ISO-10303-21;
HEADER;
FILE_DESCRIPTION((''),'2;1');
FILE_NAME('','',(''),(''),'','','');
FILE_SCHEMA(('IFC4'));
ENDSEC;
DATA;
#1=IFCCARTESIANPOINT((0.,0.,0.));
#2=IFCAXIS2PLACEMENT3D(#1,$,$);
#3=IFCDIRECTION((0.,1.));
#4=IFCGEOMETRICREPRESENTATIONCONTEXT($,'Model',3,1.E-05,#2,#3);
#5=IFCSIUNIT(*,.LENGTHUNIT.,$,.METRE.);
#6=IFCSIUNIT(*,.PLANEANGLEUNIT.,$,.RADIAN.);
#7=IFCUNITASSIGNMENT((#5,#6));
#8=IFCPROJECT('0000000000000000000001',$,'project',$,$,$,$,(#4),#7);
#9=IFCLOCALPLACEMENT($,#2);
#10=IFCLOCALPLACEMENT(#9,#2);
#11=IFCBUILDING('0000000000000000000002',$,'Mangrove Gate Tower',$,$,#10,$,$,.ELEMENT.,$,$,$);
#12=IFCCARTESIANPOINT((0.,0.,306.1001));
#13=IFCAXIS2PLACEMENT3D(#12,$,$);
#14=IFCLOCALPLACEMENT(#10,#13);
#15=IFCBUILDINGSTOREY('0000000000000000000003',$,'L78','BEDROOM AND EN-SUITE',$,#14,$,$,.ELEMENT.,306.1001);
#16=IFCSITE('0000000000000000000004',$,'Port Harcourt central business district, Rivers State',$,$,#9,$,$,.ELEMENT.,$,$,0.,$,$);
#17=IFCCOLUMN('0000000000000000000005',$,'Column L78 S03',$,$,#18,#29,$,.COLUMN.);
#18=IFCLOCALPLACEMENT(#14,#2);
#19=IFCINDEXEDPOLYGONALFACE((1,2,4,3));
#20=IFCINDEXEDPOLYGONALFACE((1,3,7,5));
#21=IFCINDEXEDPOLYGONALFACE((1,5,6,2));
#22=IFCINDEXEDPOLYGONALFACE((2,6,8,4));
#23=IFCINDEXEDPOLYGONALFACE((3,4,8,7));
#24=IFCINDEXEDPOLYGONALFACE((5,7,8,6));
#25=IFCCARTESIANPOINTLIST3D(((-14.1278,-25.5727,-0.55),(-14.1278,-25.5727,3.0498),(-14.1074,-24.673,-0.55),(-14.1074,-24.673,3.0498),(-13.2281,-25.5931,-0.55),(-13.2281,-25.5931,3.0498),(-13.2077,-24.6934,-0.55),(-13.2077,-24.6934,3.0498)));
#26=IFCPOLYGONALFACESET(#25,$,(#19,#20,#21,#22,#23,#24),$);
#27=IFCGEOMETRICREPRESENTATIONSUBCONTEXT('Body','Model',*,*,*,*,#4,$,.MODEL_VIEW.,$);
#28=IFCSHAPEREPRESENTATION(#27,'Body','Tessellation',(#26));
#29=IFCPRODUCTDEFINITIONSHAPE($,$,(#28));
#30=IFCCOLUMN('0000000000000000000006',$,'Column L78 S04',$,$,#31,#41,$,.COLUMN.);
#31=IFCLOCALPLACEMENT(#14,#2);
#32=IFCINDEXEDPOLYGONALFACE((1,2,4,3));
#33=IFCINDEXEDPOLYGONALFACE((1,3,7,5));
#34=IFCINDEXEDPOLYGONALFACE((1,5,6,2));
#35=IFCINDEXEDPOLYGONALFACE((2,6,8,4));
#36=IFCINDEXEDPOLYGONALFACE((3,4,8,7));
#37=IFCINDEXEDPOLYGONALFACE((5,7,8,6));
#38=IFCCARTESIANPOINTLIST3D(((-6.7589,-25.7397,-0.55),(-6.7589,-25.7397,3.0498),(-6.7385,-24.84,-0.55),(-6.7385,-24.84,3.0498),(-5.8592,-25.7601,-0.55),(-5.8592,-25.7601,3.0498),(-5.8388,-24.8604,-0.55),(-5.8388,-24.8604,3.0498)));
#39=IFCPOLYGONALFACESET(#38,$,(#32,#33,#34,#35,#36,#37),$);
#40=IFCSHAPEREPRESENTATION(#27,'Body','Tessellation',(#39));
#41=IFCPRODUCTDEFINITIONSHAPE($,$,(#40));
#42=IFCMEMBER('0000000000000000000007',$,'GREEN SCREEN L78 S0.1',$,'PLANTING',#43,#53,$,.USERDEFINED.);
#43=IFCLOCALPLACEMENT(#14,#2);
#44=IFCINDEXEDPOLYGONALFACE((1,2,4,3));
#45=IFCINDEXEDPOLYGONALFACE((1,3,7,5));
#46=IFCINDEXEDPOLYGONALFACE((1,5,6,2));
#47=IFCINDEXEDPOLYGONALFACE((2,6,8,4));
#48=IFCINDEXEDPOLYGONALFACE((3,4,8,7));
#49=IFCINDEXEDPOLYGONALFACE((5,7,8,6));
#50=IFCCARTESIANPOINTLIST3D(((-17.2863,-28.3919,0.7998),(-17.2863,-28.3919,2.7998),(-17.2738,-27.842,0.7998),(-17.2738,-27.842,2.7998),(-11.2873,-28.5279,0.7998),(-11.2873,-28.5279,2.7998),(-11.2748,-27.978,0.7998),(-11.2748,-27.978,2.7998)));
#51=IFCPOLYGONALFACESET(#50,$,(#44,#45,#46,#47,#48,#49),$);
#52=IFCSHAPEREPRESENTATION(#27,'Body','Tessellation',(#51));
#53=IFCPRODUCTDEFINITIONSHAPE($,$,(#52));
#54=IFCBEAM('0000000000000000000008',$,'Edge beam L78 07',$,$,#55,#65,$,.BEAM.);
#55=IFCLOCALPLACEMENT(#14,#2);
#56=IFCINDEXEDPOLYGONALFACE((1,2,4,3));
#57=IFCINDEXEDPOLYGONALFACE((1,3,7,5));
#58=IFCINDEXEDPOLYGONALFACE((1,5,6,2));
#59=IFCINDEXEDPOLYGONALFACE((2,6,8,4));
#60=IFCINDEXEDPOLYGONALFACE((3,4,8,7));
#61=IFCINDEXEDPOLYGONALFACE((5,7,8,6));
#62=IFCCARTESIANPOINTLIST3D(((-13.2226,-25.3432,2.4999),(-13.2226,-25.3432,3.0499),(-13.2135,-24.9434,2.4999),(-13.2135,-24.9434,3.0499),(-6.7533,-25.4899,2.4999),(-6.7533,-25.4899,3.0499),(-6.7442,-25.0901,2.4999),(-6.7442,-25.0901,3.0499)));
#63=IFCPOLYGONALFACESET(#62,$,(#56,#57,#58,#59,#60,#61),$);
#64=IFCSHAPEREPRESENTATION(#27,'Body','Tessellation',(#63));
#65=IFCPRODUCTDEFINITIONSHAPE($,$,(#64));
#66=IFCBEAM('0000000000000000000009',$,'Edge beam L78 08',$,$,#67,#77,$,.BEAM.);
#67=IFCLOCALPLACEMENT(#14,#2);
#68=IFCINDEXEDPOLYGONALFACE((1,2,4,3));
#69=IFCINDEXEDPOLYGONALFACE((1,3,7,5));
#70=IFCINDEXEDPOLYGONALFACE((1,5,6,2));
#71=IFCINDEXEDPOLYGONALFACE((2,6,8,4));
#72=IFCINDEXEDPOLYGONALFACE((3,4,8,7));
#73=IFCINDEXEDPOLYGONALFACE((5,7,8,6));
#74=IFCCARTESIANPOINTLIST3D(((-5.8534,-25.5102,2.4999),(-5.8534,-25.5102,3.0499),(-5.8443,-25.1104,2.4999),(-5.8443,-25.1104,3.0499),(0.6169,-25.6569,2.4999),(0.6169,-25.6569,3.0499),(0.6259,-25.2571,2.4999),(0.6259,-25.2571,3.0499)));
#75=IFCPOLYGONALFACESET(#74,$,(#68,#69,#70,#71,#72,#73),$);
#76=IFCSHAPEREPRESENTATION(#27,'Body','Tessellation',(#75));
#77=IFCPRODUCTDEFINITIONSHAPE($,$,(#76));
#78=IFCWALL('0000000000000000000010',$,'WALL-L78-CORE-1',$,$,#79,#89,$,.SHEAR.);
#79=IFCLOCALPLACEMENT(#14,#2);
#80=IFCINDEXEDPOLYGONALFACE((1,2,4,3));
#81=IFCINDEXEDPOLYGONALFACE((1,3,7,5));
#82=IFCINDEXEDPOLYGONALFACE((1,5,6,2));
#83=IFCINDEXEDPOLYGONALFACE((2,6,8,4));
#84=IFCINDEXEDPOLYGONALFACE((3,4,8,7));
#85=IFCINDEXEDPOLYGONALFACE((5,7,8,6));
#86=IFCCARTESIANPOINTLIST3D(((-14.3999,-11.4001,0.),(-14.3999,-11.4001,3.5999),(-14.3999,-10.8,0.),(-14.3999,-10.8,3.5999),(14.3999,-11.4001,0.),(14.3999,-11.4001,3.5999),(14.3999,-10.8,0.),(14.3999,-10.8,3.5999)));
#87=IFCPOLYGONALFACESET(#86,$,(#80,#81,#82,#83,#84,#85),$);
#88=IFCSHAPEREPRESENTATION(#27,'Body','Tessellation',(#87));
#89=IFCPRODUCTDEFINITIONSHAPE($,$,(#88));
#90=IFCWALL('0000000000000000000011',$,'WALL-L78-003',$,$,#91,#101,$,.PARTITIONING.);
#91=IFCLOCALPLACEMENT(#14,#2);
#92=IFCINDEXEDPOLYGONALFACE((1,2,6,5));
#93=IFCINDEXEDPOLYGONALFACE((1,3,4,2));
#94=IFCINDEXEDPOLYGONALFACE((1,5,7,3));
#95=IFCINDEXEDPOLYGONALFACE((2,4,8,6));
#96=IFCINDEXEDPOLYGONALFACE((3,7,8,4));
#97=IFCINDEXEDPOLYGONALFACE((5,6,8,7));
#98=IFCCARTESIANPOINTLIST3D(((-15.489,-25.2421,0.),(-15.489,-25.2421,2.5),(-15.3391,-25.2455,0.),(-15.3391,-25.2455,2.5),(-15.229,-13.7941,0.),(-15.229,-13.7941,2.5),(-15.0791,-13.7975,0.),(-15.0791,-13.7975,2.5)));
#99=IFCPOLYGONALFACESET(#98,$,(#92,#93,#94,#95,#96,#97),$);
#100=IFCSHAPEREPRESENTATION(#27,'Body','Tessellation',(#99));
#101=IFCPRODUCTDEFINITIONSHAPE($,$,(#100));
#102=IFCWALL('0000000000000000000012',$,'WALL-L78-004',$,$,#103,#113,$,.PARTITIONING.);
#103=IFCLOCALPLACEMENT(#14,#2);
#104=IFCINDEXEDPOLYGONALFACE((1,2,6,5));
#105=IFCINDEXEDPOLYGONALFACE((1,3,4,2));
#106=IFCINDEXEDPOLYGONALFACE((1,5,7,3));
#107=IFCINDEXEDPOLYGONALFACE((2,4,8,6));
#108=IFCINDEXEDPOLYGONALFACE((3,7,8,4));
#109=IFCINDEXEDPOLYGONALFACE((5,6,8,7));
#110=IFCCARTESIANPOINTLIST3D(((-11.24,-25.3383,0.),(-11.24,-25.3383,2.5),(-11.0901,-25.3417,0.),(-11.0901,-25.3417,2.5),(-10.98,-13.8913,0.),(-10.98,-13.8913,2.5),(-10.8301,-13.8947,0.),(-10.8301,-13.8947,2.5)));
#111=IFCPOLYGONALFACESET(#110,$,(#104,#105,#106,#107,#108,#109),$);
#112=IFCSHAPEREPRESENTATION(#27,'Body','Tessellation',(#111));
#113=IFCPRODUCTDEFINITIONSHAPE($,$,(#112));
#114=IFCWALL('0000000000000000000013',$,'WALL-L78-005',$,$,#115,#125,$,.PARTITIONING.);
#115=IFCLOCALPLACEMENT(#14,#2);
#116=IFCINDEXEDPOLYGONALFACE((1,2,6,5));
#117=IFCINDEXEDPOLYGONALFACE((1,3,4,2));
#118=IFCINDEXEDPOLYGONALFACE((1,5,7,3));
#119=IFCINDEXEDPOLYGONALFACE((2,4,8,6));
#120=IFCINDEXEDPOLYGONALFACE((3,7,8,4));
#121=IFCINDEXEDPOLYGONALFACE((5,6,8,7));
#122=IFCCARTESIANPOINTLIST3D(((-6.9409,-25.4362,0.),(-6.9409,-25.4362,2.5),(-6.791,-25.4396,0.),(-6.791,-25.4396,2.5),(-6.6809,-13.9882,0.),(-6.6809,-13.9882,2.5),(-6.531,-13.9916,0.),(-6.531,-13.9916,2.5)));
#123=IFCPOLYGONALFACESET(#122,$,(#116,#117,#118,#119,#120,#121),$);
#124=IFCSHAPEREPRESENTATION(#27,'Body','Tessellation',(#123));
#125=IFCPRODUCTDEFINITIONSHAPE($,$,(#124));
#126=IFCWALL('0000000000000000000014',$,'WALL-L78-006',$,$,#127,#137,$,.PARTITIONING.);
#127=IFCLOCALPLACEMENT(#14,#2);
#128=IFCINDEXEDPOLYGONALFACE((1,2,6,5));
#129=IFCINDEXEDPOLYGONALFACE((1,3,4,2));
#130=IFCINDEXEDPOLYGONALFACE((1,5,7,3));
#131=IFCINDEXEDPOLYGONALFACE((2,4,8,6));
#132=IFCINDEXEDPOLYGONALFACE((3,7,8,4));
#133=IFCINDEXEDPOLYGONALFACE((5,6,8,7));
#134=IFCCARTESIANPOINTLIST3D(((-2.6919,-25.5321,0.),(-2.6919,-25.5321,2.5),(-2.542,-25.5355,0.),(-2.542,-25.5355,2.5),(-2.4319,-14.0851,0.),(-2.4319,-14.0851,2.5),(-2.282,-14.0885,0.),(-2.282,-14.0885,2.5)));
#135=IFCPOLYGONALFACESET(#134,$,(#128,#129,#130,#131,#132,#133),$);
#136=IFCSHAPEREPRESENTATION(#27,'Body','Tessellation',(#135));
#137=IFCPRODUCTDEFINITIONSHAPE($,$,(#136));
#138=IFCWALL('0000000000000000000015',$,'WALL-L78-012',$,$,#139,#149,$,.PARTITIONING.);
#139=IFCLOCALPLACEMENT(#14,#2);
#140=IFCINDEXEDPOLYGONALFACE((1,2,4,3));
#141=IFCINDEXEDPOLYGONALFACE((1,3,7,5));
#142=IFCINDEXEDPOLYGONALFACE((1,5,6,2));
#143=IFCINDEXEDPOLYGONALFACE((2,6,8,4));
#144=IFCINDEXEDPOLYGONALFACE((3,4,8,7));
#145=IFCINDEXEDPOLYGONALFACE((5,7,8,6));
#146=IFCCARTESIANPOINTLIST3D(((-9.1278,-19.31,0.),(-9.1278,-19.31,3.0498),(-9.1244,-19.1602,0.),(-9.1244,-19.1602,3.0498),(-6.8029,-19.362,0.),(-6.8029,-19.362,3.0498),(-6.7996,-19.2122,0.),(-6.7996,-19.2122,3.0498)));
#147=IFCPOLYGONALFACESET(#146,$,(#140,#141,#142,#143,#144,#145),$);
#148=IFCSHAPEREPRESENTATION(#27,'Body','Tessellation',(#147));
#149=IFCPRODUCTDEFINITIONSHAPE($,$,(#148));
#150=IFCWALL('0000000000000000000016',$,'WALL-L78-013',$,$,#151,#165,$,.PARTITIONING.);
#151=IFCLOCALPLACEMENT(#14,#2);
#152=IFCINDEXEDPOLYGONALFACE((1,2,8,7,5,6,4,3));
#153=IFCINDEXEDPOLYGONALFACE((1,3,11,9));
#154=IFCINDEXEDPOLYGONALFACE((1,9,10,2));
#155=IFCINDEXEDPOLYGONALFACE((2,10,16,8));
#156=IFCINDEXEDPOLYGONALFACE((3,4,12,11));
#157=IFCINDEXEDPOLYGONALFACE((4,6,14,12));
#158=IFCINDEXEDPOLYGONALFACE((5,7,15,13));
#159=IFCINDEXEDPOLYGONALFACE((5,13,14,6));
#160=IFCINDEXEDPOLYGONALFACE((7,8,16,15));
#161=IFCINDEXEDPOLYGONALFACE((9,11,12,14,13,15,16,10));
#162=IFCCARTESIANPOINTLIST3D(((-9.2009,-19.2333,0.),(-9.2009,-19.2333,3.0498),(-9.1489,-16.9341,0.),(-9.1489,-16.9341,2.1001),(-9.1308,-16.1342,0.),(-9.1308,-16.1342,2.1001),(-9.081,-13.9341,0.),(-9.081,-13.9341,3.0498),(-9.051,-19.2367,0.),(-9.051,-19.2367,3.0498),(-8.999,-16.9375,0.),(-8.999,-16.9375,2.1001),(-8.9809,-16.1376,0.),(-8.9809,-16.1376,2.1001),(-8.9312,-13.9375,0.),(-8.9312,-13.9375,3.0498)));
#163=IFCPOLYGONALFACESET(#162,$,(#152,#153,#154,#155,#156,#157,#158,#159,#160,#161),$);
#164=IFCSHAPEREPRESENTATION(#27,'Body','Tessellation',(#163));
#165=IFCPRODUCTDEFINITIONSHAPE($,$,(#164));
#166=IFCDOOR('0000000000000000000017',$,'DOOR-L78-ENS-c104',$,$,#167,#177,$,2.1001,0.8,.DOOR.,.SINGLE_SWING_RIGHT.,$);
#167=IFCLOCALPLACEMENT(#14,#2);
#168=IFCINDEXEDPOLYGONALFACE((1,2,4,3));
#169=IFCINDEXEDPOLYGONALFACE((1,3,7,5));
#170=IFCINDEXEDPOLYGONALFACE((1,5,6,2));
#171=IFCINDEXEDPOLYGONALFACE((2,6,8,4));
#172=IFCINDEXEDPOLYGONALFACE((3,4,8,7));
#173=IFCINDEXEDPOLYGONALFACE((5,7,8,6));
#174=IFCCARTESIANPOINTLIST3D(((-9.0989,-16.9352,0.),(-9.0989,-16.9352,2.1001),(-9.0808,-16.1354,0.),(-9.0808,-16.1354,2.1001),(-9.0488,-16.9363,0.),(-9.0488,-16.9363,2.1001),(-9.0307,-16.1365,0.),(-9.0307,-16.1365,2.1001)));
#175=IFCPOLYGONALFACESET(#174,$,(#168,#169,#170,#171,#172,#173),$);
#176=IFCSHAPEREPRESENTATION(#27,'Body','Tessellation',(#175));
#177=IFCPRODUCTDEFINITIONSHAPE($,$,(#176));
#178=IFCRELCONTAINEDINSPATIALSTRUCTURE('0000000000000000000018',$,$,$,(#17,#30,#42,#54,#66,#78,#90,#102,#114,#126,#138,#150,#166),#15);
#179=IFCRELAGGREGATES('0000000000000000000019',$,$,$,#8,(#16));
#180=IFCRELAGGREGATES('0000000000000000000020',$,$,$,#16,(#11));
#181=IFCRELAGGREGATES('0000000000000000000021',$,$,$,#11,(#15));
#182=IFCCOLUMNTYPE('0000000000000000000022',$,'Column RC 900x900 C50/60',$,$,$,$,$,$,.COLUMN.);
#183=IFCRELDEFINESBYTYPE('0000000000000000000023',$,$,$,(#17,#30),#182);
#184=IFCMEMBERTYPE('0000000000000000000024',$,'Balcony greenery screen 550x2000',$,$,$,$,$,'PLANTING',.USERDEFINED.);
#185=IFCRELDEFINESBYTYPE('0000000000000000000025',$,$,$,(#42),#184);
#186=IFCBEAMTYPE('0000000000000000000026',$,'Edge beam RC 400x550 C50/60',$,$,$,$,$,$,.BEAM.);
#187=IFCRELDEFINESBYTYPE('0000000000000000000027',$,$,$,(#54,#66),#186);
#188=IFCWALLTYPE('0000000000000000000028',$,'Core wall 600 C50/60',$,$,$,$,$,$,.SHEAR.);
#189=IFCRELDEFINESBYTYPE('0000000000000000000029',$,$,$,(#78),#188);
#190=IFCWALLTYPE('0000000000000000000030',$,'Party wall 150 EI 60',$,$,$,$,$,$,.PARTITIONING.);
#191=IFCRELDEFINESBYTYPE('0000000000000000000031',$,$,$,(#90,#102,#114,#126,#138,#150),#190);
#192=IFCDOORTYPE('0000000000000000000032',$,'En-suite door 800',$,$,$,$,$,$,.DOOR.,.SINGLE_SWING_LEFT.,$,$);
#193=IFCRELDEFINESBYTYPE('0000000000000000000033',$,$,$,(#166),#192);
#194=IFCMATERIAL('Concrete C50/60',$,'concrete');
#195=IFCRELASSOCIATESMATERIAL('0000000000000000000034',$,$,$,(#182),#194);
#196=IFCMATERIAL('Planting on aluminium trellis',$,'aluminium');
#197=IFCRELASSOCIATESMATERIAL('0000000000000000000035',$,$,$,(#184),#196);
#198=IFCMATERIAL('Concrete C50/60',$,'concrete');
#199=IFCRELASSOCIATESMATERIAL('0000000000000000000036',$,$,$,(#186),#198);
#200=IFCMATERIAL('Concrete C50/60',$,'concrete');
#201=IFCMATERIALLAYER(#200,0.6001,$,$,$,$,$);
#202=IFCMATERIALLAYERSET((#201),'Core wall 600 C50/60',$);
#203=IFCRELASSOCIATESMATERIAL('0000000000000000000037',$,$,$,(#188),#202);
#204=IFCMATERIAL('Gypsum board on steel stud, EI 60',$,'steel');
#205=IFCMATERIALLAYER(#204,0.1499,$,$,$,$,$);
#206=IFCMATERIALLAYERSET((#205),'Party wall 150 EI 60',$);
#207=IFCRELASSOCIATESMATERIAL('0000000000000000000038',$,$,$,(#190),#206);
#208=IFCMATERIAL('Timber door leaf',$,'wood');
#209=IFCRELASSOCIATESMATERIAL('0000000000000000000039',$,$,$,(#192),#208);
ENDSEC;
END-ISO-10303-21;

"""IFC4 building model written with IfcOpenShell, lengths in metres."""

from ifc_helpers import new_model, si_unit, direction, frame, frame_2d, origin, origin_2d, place, context, subcontext, project, spatial, rectangle, extrude, material, layer, layer_set, material_profile, profile_set, type_object, element, fill, save


model = new_model("IFC4")

# Units and contexts
model_context = context("Model", 3, precision=1e-05, world=origin(), true_north=direction((0.0, 1.0)))
body_context = subcontext(model_context, "Body", "Model", "MODEL_VIEW")
ifc_project = project(units=[si_unit("LENGTHUNIT", "METRE"), si_unit("PLANEANGLEUNIT", "RADIAN")], contexts=[model_context])

# Site, building, storey
site_placement = place(None, origin())
site = spatial("IfcSite", under=ifc_project, at=site_placement, Name="Port Harcourt central business district, Rivers State", CompositionType="ELEMENT", RefElevation=0.0)
building_placement = place(site_placement, origin())
building = spatial("IfcBuilding", under=site, at=building_placement, Name="Mangrove Gate Tower", CompositionType="ELEMENT")
storey_placement = place(building_placement, frame((0.0, 0.0, 306.1001)))
storey = spatial("IfcBuildingStorey", under=building, at=storey_placement, Name="L78", Description="BEDROOM AND EN-SUITE", CompositionType="ELEMENT", Elevation=306.1001)

# Columns
ifc_material_1 = material(Name="Concrete C50/60", Category="concrete")
ifc_material_profile_1 = material_profile(ifc_material_1, rectangle(XDim=0.8999, YDim=0.8999, at=origin_2d()))
ifc_profile_set_1 = profile_set([ifc_material_profile_1], Name="Concrete C50/60")
column_type = type_object("IfcColumnType", Name="Column RC 900x900 C50/60", PredefinedType="COLUMN", material=ifc_profile_set_1)
for number, where, z_axis, x_axis, name in (
    (1, (-13.6677, -25.1331, -0.55), (0.0, 0.0, 1.0), (0.999743, -0.022655, 0.0), "Column L78 S03"),
    (2, (-6.2988, -25.3, -0.55), (0.0, 0.0, 1.0), (0.999743, -0.022655, 0.0), "Column L78 S04"),
):
    element("IfcColumn", number, at=place(storey_placement, frame(where, z_axis=z_axis, x_axis=x_axis)), inside=storey, type_object=column_type, Name=name, PredefinedType="COLUMN", context=body_context, shape_type="SweptSolid", body=[
        extrude(rectangle(XDim=0.8999, YDim=0.8999, at=origin_2d()), origin(), (0.0, 0.0, 1.0), 3.5999),
    ])

# Member
ifc_material_2 = material(Name="Planting on aluminium trellis", Category="aluminium")
ifc_material_profile_2 = material_profile(ifc_material_2, rectangle(XDim=0.55, YDim=2.0, at=origin_2d()))
ifc_profile_set_2 = profile_set([ifc_material_profile_2], Name="Planting on aluminium trellis")
member_type = type_object("IfcMemberType", Name="Balcony greenery screen 550x2000", ElementType="PLANTING", PredefinedType="USERDEFINED", material=ifc_profile_set_2)
member_placement = place(storey_placement, frame((-17.28, -28.1169, 1.7998), z_axis=(0.999743, -0.022662, 0.0), x_axis=(0.022662, 0.999743, 0.0)))
element("IfcMember", 3, at=member_placement, inside=storey, type_object=member_type, Name="GREEN SCREEN L78 S0.1", ObjectType="PLANTING", PredefinedType="USERDEFINED", context=body_context, shape_type="SweptSolid", body=[
    extrude(rectangle(XDim=0.55, YDim=2.0, at=origin_2d()), origin(), (0.0, 0.0, 1.0), 6.0005),
])

# Beams
ifc_material_3 = material(Name="Concrete C50/60", Category="concrete")
ifc_material_profile_3 = material_profile(ifc_material_3, rectangle(XDim=0.3999, YDim=0.55, at=origin_2d()))
ifc_profile_set_3 = profile_set([ifc_material_profile_3], Name="Concrete C50/60")
beam_type = type_object("IfcBeamType", Name="Edge beam RC 400x550 C50/60", PredefinedType="BEAM", material=ifc_profile_set_3)
beam_1_placement = place(storey_placement, frame((-13.218, -25.1433, 2.7749), z_axis=(0.999743, -0.022675, 0.0), x_axis=(0.022675, 0.999743, 0.0)))
element("IfcBeam", 4, at=beam_1_placement, inside=storey, type_object=beam_type, Name="Edge beam L78 07", PredefinedType="BEAM", context=body_context, shape_type="SweptSolid", body=[
    extrude(rectangle(XDim=0.3999, YDim=0.55, at=origin_2d()), origin(), (0.0, 0.0, 1.0), 6.4709),
])
beam_2_placement = place(storey_placement, frame((-5.8489, -25.3103, 2.7749), z_axis=(0.999743, -0.022672, 0.0), x_axis=(0.022672, 0.999743, 0.0)))
element("IfcBeam", 5, at=beam_2_placement, inside=storey, type_object=beam_type, Name="Edge beam L78 08", PredefinedType="BEAM", context=body_context, shape_type="SweptSolid", body=[
    extrude(rectangle(XDim=0.3999, YDim=0.55, at=origin_2d()), origin(), (0.0, 0.0, 1.0), 6.4719),
])

# Walls
ifc_material_4 = material(Name="Concrete C50/60", Category="concrete")
ifc_layer_1 = layer(ifc_material_4, 0.6001)
ifc_layer_set_1 = layer_set([ifc_layer_1], Name="Core wall 600 C50/60")
wall_type_1 = type_object("IfcWallType", Name="Core wall 600 C50/60", PredefinedType="SHEAR", material=ifc_layer_set_1)
wall_1_placement = place(storey_placement, frame((-14.3999, -11.1001, 0.0), z_axis=(0.0, 0.0, 1.0), x_axis=(1.0, 0.0, 0.0)))
element("IfcWall", 6, at=wall_1_placement, inside=storey, type_object=wall_type_1, Name="WALL-L78-CORE-1", PredefinedType="SHEAR", context=body_context, shape_type="SweptSolid", body=[
    extrude(rectangle(XDim=28.7998, YDim=0.6001, at=frame_2d((14.3999, 0.0))), origin(), (0.0, 0.0, 1.0), 3.5999),
])
ifc_material_5 = material(Name="Gypsum board on steel stud, EI 60", Category="steel")
ifc_layer_2 = layer(ifc_material_5, 0.1499)
ifc_layer_set_2 = layer_set([ifc_layer_2], Name="Party wall 150 EI 60")
wall_type_2 = type_object("IfcWallType", Name="Party wall 150 EI 60", PredefinedType="PARTITIONING", material=ifc_layer_set_2)
wall_2_placement = place(storey_placement, frame((-15.4141, -25.2439, 0.0), z_axis=(0.0, 0.0, 1.0), x_axis=(0.022706, 0.999742, 0.0)))
element("IfcWall", 7, at=wall_2_placement, inside=storey, type_object=wall_type_2, Name="WALL-L78-003", PredefinedType="PARTITIONING", context=body_context, shape_type="SweptSolid", body=[
    extrude(rectangle(XDim=11.4509, YDim=0.1499, at=frame_2d((5.7256, 0.0))), origin(), (0.0, 0.0, 1.0), 2.5),
])
wall_3_placement = place(storey_placement, frame((-11.165, -25.3401, 0.0), z_axis=(0.0, 0.0, 1.0), x_axis=(0.022708, 0.999742, 0.0)))
element("IfcWall", 8, at=wall_3_placement, inside=storey, type_object=wall_type_2, Name="WALL-L78-004", PredefinedType="PARTITIONING", context=body_context, shape_type="SweptSolid", body=[
    extrude(rectangle(XDim=11.45, YDim=0.1499, at=frame_2d((5.7251, 0.0))), origin(), (0.0, 0.0, 1.0), 2.5),
])
wall_4_placement = place(storey_placement, frame((-6.866, -25.438, 0.0), z_axis=(0.0, 0.0, 1.0), x_axis=(0.022706, 0.999742, 0.0)))
element("IfcWall", 9, at=wall_4_placement, inside=storey, type_object=wall_type_2, Name="WALL-L78-005", PredefinedType="PARTITIONING", context=body_context, shape_type="SweptSolid", body=[
    extrude(rectangle(XDim=11.4509, YDim=0.1499, at=frame_2d((5.7256, 0.0))), origin(), (0.0, 0.0, 1.0), 2.5),
])
wall_5_placement = place(storey_placement, frame((-2.6169, -25.5339, 0.0), z_axis=(0.0, 0.0, 1.0), x_axis=(0.022708, 0.999742, 0.0)))
element("IfcWall", 10, at=wall_5_placement, inside=storey, type_object=wall_type_2, Name="WALL-L78-006", PredefinedType="PARTITIONING", context=body_context, shape_type="SweptSolid", body=[
    extrude(rectangle(XDim=11.45, YDim=0.1499, at=frame_2d((5.7251, 0.0))), origin(), (0.0, 0.0, 1.0), 2.5),
])
wall_6_placement = place(storey_placement, frame((-9.126, -19.2351, 0.0), z_axis=(0.0, 0.0, 1.0), x_axis=(0.99975, -0.022361, 0.0)))
element("IfcWall", 11, at=wall_6_placement, inside=storey, type_object=wall_type_2, Name="WALL-L78-012", PredefinedType="PARTITIONING", context=body_context, shape_type="SweptSolid", body=[
    extrude(rectangle(XDim=2.3254, YDim=0.1499, at=frame_2d((1.1626, 0.0))), origin(), (0.0, 0.0, 1.0), 3.0498),
])

# Wall, opening, door
wall_7_placement = place(storey_placement, frame((-9.126, -19.2351, 0.0), z_axis=(0.0, 0.0, 1.0), x_axis=(0.022616, 0.999744, 0.0)))
wall_7 = element("IfcWall", 12, at=wall_7_placement, inside=storey, type_object=wall_type_2, Name="WALL-L78-013", PredefinedType="PARTITIONING", context=body_context, shape_type="SweptSolid", body=[
    extrude(rectangle(XDim=5.3005, YDim=0.1499, at=frame_2d((2.6504, 0.0))), origin(), (0.0, 0.0, 1.0), 3.0498),
])
opening_1_placement = place(wall_7_placement, frame((2.3, 0.0, 0.0)))
opening_1 = element("IfcOpeningElement", 13, at=opening_1_placement, cuts=wall_7, PredefinedType="OPENING", context=body_context, shape_type="SweptSolid", body=[
    extrude(rectangle(XDim=0.8, YDim=2.1001, at=frame_2d((0.3999, 1.05))), frame((0.0, 0.085, 0.0), z_axis=(0.0, -1.0, 0.0), x_axis=(1.0, 0.0, 0.0)), (0.0, 0.0, 1.0), 0.1699),
])
ifc_material_6 = material(Name="Timber door leaf", Category="wood")
door_type = type_object("IfcDoorType", Name="En-suite door 800", OperationType="SINGLE_SWING_LEFT", PredefinedType="DOOR", material=ifc_material_6)
door_1_placement = place(opening_1_placement, origin())
door_1 = element("IfcDoor", 14, at=door_1_placement, inside=storey, type_object=door_type, Name="DOOR-L78-ENS-c104", OperationType="SINGLE_SWING_RIGHT", OverallHeight=2.1001, OverallWidth=0.8, PredefinedType="DOOR", context=body_context, shape_type="SweptSolid", body=[
    extrude(rectangle(XDim=0.8, YDim=2.1001, at=frame_2d((0.3999, 1.05))), frame((0.0, 0.0249, 0.0), z_axis=(0.0, -1.0, 0.0), x_axis=(1.0, 0.0, 0.0)), (0.0, 0.0, 1.0), 0.05),
])
fill(opening_1, door_1)

save(model, "model.ifc")
